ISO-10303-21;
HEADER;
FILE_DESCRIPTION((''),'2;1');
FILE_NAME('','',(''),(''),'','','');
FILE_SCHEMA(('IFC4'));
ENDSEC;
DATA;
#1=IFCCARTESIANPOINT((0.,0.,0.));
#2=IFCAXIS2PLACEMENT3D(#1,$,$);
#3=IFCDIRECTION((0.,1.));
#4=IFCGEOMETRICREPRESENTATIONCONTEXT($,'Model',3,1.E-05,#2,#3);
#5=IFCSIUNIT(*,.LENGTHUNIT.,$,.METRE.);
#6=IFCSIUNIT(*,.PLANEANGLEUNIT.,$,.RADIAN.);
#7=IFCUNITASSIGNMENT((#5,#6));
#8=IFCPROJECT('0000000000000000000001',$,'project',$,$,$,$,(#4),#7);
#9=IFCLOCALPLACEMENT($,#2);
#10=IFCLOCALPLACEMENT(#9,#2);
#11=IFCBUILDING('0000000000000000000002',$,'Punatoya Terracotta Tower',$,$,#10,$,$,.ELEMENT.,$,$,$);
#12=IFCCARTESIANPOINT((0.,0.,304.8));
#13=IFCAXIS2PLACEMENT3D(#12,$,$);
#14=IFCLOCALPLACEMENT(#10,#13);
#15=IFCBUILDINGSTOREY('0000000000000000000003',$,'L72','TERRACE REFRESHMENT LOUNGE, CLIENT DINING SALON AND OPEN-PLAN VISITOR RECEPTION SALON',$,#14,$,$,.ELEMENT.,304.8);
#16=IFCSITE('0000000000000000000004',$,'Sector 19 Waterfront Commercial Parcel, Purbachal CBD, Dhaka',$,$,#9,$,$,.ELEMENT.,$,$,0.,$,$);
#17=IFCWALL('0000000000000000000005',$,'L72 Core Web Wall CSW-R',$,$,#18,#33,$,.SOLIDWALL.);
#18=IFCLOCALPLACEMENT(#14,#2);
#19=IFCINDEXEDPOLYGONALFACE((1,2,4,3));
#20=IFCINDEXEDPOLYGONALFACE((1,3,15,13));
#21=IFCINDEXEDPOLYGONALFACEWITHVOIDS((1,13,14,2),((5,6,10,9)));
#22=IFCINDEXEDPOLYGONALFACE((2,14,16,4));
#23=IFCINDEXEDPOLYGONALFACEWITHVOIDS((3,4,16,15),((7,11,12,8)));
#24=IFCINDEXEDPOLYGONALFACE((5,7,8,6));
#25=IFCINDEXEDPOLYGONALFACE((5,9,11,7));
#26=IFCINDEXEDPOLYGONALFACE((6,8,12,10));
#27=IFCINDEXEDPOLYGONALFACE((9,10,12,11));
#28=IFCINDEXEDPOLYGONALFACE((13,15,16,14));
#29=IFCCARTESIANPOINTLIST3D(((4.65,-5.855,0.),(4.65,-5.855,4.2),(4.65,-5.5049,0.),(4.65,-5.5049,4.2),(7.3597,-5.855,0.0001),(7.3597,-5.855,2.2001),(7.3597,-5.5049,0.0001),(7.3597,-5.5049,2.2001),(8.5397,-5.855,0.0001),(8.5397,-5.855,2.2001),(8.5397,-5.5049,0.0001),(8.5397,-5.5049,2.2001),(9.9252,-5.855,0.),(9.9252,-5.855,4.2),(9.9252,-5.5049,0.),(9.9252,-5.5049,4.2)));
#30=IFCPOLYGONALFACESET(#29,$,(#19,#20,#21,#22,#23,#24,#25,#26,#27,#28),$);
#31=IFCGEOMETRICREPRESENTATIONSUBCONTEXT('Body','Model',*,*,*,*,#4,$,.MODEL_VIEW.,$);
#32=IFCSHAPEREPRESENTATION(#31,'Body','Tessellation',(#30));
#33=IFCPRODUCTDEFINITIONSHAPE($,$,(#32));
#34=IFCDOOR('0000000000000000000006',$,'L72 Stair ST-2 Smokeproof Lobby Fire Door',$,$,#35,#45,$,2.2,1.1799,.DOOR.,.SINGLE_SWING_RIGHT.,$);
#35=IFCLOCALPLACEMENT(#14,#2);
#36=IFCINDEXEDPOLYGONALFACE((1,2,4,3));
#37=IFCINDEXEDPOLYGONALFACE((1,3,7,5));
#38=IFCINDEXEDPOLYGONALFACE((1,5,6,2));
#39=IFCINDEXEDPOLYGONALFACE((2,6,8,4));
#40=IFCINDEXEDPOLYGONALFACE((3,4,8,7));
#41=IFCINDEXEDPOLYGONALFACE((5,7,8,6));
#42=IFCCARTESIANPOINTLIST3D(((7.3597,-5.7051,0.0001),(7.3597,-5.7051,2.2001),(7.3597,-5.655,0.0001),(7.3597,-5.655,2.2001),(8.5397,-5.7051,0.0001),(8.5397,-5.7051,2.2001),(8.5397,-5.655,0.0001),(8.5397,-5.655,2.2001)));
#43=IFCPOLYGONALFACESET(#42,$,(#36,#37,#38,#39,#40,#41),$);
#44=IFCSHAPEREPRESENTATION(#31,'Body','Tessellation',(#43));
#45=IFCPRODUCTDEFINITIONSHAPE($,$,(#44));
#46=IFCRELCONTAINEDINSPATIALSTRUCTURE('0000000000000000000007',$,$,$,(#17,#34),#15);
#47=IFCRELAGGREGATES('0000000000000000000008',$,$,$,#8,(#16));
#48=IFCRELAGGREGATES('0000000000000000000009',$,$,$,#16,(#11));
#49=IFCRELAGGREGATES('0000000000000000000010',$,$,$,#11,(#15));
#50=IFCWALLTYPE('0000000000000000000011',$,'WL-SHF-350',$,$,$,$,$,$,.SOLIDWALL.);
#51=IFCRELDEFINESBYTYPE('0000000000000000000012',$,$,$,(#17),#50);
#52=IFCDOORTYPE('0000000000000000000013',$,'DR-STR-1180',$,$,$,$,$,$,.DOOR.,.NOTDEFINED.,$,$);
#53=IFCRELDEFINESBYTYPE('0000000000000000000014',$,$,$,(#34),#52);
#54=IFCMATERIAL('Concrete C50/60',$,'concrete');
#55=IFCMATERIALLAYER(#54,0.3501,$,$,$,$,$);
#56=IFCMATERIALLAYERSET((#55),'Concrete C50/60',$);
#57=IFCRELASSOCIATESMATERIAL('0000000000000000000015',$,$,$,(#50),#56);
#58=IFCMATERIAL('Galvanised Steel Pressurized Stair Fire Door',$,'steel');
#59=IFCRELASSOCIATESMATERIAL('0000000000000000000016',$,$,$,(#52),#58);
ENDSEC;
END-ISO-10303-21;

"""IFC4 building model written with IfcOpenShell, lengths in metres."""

from ifc_helpers import new_model, si_unit, direction, frame, frame_2d, origin, place, context, subcontext, project, spatial, rectangle, extrude, material, layer, layer_set, type_object, element, fill, save


model = new_model("IFC4")

# Units and contexts
model_context = context("Model", 3, precision=1e-05, world=origin(), true_north=direction((0.0, 1.0)))
body_context = subcontext(model_context, "Body", "Model", "MODEL_VIEW")
ifc_project = project(units=[si_unit("LENGTHUNIT", "METRE"), si_unit("PLANEANGLEUNIT", "RADIAN")], contexts=[model_context])

# Site, building, storey
site_placement = place(None, origin())
site = spatial("IfcSite", under=ifc_project, at=site_placement, Name="Sector 19 Waterfront Commercial Parcel, Purbachal CBD, Dhaka", CompositionType="ELEMENT", RefElevation=0.0)
building_placement = place(site_placement, origin())
building = spatial("IfcBuilding", under=site, at=building_placement, Name="Punatoya Terracotta Tower", CompositionType="ELEMENT")
storey_placement = place(building_placement, frame((0.0, 0.0, 304.8)))
storey = spatial("IfcBuildingStorey", under=building, at=storey_placement, Name="L72", Description="TERRACE REFRESHMENT LOUNGE, CLIENT DINING SALON AND OPEN-PLAN VISITOR RECEPTION SALON", CompositionType="ELEMENT", Elevation=304.8)

# Wall, opening, door
ifc_material_1 = material(Name="Concrete C50/60", Category="concrete")
ifc_layer_1 = layer(ifc_material_1, 0.3501)
ifc_layer_set_1 = layer_set([ifc_layer_1], Name="Concrete C50/60")
wall_type_1 = type_object("IfcWallType", Name="WL-SHF-350", PredefinedType="SOLIDWALL", material=ifc_layer_set_1)
wall_1_placement = place(storey_placement, frame((4.6499, -5.6799, 0.0), z_axis=(0.0, 0.0, 1.0), x_axis=(1.0, 0.0, 0.0)))
wall_1 = element("IfcWall", 1, at=wall_1_placement, inside=storey, type_object=wall_type_1, Name="L72 Core Web Wall CSW-R", PredefinedType="SOLIDWALL", context=body_context, shape_type="SweptSolid", body=[
    extrude(rectangle(XDim=5.2751, YDim=0.3501, at=frame_2d((2.6377, 0.0))), origin(), (0.0, 0.0, 1.0), 4.2),
])
opening_1_placement = place(wall_1_placement, frame((2.71, 0.0, 0.0)))
opening_1 = element("IfcOpeningElement", 2, at=opening_1_placement, cuts=wall_1, PredefinedType="OPENING", context=body_context, shape_type="SweptSolid", body=[
    extrude(rectangle(XDim=1.1799, YDim=2.2, at=frame_2d((0.5898, 1.1001))), frame((0.0, 0.1851, 0.0), z_axis=(0.0, -1.0, 0.0), x_axis=(1.0, 0.0, 0.0)), (0.0, 0.0, 1.0), 0.3701),
])
ifc_material_2 = material(Name="Galvanised Steel Pressurized Stair Fire Door", Category="steel")
door_type_1 = type_object("IfcDoorType", Name="DR-STR-1180", OperationType="NOTDEFINED", PredefinedType="DOOR", material=ifc_material_2)
door_1_placement = place(opening_1_placement, origin())
door_1 = element("IfcDoor", 3, at=door_1_placement, inside=storey, type_object=door_type_1, Name="L72 Stair ST-2 Smokeproof Lobby Fire Door", OperationType="SINGLE_SWING_RIGHT", OverallHeight=2.2, OverallWidth=1.1799, PredefinedType="DOOR", context=body_context, shape_type="SweptSolid", body=[
    extrude(rectangle(XDim=1.1799, YDim=2.2, at=frame_2d((0.5898, 1.1001))), frame((0.0, 0.0249, 0.0), z_axis=(0.0, -1.0, 0.0), x_axis=(1.0, 0.0, 0.0)), (0.0, 0.0, 1.0), 0.05),
])
fill(opening_1, door_1)

save(model, "model.ifc")
